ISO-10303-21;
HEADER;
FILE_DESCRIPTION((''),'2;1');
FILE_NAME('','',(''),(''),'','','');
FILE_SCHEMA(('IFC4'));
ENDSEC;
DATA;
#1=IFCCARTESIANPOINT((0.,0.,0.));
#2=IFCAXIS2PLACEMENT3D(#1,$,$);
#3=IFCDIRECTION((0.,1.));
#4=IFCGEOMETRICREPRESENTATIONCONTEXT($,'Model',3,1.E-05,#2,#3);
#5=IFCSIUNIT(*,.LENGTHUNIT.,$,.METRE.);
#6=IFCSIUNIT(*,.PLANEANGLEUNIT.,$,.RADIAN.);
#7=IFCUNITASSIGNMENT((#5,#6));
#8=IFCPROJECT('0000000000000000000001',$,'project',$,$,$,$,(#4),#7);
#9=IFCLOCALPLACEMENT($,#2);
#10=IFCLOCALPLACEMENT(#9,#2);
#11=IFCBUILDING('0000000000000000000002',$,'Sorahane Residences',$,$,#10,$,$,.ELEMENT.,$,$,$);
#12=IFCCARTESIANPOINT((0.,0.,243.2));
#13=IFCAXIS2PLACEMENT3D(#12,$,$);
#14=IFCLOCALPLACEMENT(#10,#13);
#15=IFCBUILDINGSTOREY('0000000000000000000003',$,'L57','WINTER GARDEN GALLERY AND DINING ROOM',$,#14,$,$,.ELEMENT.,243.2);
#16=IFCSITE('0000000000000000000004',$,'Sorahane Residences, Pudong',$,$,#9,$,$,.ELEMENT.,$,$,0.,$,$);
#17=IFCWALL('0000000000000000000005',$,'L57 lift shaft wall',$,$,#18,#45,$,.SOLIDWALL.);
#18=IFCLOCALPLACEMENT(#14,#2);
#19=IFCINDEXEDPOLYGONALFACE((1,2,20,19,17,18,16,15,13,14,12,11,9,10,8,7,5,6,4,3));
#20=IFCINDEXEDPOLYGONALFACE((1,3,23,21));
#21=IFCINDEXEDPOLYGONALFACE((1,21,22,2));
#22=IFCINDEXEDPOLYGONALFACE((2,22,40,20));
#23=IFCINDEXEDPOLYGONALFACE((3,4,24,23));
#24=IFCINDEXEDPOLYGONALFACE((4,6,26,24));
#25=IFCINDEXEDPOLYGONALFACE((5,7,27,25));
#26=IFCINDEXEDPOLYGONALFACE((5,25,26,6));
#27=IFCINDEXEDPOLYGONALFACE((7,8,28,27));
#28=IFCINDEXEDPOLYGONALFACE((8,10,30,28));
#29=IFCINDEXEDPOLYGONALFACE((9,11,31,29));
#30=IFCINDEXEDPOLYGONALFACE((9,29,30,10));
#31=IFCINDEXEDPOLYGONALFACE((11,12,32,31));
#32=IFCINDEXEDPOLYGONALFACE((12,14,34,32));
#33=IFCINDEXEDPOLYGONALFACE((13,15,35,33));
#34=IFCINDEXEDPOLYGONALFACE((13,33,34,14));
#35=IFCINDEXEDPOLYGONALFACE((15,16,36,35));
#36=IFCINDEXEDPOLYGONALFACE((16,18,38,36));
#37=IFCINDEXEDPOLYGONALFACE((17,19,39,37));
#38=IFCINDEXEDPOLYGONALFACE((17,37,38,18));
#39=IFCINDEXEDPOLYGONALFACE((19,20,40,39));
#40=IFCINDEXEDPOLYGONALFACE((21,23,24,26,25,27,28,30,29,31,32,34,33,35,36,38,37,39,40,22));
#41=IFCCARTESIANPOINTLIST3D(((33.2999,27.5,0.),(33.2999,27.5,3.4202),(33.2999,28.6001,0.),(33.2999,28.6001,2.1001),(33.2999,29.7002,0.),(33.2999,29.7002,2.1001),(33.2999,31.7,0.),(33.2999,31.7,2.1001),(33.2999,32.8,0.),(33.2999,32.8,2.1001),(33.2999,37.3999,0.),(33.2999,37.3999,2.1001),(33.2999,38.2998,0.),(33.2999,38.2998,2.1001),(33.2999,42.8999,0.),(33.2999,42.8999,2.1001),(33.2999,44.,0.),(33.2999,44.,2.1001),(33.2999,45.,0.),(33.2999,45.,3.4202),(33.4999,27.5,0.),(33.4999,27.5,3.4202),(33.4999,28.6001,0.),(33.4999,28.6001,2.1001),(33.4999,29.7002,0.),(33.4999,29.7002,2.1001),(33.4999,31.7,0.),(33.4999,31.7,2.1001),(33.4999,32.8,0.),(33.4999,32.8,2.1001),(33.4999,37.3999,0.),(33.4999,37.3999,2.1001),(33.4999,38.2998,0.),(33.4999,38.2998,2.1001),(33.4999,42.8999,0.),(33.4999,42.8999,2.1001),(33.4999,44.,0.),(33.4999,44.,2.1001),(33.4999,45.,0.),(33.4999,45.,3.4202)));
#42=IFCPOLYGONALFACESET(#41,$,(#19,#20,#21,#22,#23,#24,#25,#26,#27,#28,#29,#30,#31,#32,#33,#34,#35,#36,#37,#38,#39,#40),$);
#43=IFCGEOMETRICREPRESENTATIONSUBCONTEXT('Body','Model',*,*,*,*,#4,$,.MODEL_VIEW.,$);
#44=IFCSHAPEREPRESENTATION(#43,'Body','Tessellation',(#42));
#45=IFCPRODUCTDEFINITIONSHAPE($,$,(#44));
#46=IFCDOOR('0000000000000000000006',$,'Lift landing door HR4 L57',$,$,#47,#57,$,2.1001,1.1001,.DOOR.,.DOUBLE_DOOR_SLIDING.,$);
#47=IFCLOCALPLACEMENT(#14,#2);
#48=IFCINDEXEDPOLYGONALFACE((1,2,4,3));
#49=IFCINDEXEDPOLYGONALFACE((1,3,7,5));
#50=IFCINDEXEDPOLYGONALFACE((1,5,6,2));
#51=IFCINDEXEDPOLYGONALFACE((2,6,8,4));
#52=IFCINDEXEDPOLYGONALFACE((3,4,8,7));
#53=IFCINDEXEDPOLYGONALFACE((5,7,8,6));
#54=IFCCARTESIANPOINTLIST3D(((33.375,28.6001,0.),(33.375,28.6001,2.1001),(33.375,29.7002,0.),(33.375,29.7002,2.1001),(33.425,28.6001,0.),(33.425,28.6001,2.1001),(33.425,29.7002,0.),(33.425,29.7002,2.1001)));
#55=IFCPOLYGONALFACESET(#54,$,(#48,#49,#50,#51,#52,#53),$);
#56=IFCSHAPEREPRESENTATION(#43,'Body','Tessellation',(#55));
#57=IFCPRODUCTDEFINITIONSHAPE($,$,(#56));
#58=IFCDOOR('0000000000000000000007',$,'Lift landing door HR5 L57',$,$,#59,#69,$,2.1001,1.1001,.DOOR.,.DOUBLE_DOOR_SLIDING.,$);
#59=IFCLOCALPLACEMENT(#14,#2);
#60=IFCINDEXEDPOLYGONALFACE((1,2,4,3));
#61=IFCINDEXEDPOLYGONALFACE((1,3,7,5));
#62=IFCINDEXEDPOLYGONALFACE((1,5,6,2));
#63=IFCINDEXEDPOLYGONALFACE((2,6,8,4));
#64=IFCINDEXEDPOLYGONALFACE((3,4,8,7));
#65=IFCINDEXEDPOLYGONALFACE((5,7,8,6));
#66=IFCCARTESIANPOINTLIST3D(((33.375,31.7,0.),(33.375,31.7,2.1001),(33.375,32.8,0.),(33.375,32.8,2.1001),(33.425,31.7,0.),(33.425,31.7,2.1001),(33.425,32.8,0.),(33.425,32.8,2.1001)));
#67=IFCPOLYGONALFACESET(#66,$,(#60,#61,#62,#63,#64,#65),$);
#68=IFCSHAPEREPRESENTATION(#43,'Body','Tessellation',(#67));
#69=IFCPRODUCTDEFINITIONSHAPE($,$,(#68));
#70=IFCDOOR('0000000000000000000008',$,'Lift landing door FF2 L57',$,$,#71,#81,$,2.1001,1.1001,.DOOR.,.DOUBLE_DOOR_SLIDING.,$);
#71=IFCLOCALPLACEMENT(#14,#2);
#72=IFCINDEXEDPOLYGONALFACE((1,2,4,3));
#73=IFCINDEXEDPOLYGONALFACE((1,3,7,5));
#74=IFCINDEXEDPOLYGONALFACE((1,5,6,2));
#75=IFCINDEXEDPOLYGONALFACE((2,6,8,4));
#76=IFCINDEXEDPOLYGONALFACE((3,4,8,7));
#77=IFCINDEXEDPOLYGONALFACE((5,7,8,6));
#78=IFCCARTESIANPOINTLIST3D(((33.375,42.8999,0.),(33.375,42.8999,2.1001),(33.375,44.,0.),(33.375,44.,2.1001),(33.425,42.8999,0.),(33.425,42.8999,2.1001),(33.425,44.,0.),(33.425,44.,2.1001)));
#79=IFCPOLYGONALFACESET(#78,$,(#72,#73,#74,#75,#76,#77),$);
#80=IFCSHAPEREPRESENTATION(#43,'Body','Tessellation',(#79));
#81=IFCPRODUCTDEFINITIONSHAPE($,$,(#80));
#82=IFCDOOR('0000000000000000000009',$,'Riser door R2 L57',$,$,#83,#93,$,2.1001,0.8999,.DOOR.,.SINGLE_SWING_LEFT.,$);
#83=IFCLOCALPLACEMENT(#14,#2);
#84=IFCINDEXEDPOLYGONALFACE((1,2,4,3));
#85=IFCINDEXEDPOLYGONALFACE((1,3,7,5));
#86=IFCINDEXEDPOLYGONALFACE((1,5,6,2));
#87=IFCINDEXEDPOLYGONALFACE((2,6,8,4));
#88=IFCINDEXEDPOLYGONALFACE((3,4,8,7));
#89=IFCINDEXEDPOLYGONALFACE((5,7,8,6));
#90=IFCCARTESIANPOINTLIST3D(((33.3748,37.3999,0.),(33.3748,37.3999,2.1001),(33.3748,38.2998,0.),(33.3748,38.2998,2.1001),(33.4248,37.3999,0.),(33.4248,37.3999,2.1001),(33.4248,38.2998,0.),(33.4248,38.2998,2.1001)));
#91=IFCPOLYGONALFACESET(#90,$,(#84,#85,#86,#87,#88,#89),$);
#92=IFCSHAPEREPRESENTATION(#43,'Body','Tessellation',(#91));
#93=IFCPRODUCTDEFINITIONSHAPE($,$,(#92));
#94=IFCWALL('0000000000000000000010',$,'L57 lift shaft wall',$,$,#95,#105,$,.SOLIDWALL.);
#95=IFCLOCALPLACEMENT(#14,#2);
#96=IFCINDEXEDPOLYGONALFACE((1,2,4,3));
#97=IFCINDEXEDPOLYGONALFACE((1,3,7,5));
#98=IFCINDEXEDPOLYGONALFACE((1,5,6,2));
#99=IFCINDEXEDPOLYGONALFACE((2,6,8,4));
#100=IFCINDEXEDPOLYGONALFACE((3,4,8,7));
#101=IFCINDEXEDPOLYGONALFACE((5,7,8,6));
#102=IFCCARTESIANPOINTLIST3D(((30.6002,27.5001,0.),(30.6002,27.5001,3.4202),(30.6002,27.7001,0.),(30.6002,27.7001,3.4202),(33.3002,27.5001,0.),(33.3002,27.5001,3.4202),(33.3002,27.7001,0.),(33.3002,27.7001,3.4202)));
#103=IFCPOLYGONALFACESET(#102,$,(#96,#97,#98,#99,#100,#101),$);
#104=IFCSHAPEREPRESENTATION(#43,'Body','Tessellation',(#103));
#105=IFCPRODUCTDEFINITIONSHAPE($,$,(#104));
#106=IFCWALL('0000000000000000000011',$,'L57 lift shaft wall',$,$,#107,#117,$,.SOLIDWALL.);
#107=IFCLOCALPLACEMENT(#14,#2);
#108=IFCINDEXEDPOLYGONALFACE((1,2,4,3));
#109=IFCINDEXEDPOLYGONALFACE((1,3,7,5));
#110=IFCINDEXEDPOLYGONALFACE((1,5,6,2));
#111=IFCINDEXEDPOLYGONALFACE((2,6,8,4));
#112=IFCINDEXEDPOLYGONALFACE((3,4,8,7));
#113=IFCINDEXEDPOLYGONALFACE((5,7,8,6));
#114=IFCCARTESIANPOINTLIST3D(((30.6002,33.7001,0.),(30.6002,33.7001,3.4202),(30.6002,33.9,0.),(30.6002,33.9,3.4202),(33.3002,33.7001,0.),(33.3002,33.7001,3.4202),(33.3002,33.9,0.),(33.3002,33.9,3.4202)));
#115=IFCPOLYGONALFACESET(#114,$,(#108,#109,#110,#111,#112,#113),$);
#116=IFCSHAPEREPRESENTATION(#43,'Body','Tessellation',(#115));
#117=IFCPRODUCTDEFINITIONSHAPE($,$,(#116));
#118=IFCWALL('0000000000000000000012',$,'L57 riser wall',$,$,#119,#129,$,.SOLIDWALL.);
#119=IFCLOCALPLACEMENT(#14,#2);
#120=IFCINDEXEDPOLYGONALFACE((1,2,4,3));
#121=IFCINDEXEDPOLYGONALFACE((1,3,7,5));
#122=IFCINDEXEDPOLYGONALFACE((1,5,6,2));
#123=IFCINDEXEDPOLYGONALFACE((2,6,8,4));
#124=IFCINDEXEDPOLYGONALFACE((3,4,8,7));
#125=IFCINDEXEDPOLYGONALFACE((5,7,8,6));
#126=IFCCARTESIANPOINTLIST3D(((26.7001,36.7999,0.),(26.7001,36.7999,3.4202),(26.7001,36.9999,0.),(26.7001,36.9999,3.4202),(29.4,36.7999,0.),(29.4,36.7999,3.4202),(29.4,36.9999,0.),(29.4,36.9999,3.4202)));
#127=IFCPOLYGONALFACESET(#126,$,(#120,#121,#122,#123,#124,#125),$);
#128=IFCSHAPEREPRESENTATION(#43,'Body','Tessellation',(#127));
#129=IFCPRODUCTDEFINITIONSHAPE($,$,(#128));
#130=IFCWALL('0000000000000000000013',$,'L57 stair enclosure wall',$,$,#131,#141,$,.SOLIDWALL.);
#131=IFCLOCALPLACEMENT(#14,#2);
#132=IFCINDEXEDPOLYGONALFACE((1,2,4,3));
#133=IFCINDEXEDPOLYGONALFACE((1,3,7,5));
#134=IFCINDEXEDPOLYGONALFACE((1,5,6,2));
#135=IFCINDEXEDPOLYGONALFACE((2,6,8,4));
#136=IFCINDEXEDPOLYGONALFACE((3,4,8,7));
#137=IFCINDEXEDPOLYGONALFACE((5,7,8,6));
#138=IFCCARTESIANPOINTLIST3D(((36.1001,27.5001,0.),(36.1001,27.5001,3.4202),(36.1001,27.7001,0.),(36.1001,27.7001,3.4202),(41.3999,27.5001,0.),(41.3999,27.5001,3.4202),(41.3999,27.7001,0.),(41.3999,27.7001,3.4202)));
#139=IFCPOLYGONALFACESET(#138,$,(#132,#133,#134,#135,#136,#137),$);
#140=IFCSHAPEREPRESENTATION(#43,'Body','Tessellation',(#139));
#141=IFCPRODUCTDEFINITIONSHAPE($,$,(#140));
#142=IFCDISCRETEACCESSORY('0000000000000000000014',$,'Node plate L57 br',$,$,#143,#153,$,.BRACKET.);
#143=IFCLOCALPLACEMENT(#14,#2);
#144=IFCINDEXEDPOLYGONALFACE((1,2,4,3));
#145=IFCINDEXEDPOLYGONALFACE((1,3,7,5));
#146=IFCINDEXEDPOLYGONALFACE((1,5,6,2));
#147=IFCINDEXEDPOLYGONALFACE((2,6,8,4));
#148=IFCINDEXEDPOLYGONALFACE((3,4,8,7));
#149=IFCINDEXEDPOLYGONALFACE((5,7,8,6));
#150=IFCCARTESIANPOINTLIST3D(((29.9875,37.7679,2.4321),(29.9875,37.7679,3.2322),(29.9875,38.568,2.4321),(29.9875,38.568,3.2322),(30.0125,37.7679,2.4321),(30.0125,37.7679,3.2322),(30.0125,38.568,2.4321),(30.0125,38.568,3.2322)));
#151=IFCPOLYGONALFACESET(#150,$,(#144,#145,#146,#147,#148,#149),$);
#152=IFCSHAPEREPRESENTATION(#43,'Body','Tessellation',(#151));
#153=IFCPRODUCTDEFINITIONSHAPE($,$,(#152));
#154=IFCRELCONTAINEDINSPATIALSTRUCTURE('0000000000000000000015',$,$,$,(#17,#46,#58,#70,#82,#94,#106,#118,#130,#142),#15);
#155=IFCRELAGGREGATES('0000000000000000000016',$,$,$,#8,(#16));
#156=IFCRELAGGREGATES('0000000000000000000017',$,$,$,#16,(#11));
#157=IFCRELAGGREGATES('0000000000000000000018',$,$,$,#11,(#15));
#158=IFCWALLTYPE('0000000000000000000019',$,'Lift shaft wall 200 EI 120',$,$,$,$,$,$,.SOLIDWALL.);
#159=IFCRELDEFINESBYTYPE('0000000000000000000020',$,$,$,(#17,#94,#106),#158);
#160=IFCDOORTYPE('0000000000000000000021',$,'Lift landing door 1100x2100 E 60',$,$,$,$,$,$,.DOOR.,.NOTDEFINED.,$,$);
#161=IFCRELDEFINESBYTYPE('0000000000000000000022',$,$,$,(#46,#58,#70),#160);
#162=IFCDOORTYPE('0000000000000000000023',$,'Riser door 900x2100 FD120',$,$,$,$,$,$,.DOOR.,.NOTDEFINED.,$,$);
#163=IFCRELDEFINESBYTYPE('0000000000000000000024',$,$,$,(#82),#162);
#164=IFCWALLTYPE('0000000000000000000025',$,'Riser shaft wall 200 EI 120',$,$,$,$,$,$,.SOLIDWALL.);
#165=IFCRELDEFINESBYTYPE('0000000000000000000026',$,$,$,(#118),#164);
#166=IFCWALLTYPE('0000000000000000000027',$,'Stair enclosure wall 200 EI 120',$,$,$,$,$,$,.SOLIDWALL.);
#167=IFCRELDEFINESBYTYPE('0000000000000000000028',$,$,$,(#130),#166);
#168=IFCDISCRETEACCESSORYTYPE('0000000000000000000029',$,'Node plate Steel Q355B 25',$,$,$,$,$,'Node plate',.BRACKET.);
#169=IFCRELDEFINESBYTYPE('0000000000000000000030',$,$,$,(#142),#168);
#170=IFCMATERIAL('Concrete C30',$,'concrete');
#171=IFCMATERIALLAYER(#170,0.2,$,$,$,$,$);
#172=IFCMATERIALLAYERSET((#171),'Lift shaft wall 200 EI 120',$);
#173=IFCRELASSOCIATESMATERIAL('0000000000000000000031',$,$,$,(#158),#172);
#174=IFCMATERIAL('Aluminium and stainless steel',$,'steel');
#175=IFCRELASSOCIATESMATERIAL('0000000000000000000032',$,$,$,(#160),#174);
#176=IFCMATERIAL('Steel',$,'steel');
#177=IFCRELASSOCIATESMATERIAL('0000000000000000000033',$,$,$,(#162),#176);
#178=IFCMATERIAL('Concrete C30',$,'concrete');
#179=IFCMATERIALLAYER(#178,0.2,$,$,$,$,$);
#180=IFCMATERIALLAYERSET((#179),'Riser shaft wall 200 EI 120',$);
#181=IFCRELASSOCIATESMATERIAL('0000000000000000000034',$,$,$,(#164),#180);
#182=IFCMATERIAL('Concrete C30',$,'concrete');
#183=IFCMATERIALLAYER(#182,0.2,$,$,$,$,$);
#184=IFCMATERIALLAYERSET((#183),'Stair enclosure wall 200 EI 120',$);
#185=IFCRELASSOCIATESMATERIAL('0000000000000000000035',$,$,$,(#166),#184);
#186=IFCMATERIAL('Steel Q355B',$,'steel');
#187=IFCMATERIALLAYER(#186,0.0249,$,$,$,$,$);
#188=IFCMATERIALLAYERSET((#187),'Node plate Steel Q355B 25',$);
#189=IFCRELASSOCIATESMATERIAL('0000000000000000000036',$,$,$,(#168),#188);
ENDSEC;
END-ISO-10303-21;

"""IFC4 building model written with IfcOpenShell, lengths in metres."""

from ifc_helpers import new_model, si_unit, direction, frame, frame_2d, origin, origin_2d, place, context, subcontext, project, spatial, rectangle, extrude, material, layer, layer_set, type_object, element, fill, save


model = new_model("IFC4")

# Units and contexts
model_context = context("Model", 3, precision=1e-05, world=origin(), true_north=direction((0.0, 1.0)))
body_context = subcontext(model_context, "Body", "Model", "MODEL_VIEW")
ifc_project = project(units=[si_unit("LENGTHUNIT", "METRE"), si_unit("PLANEANGLEUNIT", "RADIAN")], contexts=[model_context])

# Site, building, storey
site_placement = place(None, origin())
site = spatial("IfcSite", under=ifc_project, at=site_placement, Name="Sorahane Residences, Pudong", CompositionType="ELEMENT", RefElevation=0.0)
building_placement = place(site_placement, origin())
building = spatial("IfcBuilding", under=site, at=building_placement, Name="Sorahane Residences", CompositionType="ELEMENT")
storey_placement = place(building_placement, frame((0.0, 0.0, 243.2)))
storey = spatial("IfcBuildingStorey", under=building, at=storey_placement, Name="L57", Description="WINTER GARDEN GALLERY AND DINING ROOM", CompositionType="ELEMENT", Elevation=243.2)

# Wall, openings, doors
ifc_material_1 = material(Name="Concrete C30", Category="concrete")
ifc_layer_1 = layer(ifc_material_1, 0.2)
ifc_layer_set_1 = layer_set([ifc_layer_1], Name="Lift shaft wall 200 EI 120")
wall_type_1 = type_object("IfcWallType", Name="Lift shaft wall 200 EI 120", PredefinedType="SOLIDWALL", material=ifc_layer_set_1)
wall_1_placement = place(storey_placement, frame((33.3999, 27.5, 0.0), z_axis=(0.0, 0.0, 1.0), x_axis=(0.0, 1.0, 0.0)))
wall_1 = element("IfcWall", 1, at=wall_1_placement, inside=storey, type_object=wall_type_1, Name="L57 lift shaft wall", PredefinedType="SOLIDWALL", context=body_context, shape_type="SweptSolid", body=[
    extrude(rectangle(XDim=17.5, YDim=0.2, at=frame_2d((8.75, 0.0))), origin(), (0.0, 0.0, 1.0), 3.4202),
])
opening_1_placement = place(wall_1_placement, frame((1.1001, 0.0, 0.0)))
opening_1 = element("IfcOpeningElement", 2, at=opening_1_placement, cuts=wall_1, PredefinedType="OPENING", context=body_context, shape_type="SweptSolid", body=[
    extrude(rectangle(XDim=1.1001, YDim=2.1001, at=frame_2d((0.55, 1.05))), frame((0.0, 0.1099, 0.0), z_axis=(0.0, -1.0, 0.0), x_axis=(1.0, 0.0, 0.0)), (0.0, 0.0, 1.0), 0.22),
])
opening_2_placement = place(wall_1_placement, frame((4.2, 0.0, 0.0)))
opening_2 = element("IfcOpeningElement", 3, at=opening_2_placement, cuts=wall_1, PredefinedType="OPENING", context=body_context, shape_type="SweptSolid", body=[
    extrude(rectangle(XDim=1.1001, YDim=2.1001, at=frame_2d((0.55, 1.05))), frame((0.0, 0.1099, 0.0), z_axis=(0.0, -1.0, 0.0), x_axis=(1.0, 0.0, 0.0)), (0.0, 0.0, 1.0), 0.22),
])
opening_3_placement = place(wall_1_placement, frame((15.3999, 0.0, 0.0)))
opening_3 = element("IfcOpeningElement", 4, at=opening_3_placement, cuts=wall_1, PredefinedType="OPENING", context=body_context, shape_type="SweptSolid", body=[
    extrude(rectangle(XDim=1.1001, YDim=2.1001, at=frame_2d((0.55, 1.05))), frame((0.0, 0.1099, 0.0), z_axis=(0.0, -1.0, 0.0), x_axis=(1.0, 0.0, 0.0)), (0.0, 0.0, 1.0), 0.22),
])
opening_4_placement = place(wall_1_placement, frame((9.8999, 0.0, 0.0)))
opening_4 = element("IfcOpeningElement", 5, at=opening_4_placement, cuts=wall_1, PredefinedType="OPENING", context=body_context, shape_type="SweptSolid", body=[
    extrude(rectangle(XDim=0.8999, YDim=2.1001, at=frame_2d((0.45, 1.05))), frame((0.0, 0.1099, 0.0), z_axis=(0.0, -1.0, 0.0), x_axis=(1.0, 0.0, 0.0)), (0.0, 0.0, 1.0), 0.22),
])
ifc_material_2 = material(Name="Aluminium and stainless steel", Category="steel")
door_type_1 = type_object("IfcDoorType", Name="Lift landing door 1100x2100 E 60", OperationType="NOTDEFINED", PredefinedType="DOOR", material=ifc_material_2)
door_1_placement = place(opening_1_placement, origin())
door_1 = element("IfcDoor", 6, at=door_1_placement, inside=storey, type_object=door_type_1, Name="Lift landing door HR4 L57", OperationType="DOUBLE_DOOR_SLIDING", OverallHeight=2.1001, OverallWidth=1.1001, PredefinedType="DOOR", context=body_context, shape_type="SweptSolid", body=[
    extrude(rectangle(XDim=1.1001, YDim=2.1001, at=frame_2d((0.55, 1.05))), frame((0.0, 0.0249, 0.0), z_axis=(0.0, -1.0, 0.0), x_axis=(1.0, 0.0, 0.0)), (0.0, 0.0, 1.0), 0.05),
])
fill(opening_1, door_1)
door_2_placement = place(opening_2_placement, origin())
door_2 = element("IfcDoor", 7, at=door_2_placement, inside=storey, type_object=door_type_1, Name="Lift landing door HR5 L57", OperationType="DOUBLE_DOOR_SLIDING", OverallHeight=2.1001, OverallWidth=1.1001, PredefinedType="DOOR", context=body_context, shape_type="SweptSolid", body=[
    extrude(rectangle(XDim=1.1001, YDim=2.1001, at=frame_2d((0.55, 1.05))), frame((0.0, 0.0249, 0.0), z_axis=(0.0, -1.0, 0.0), x_axis=(1.0, 0.0, 0.0)), (0.0, 0.0, 1.0), 0.05),
])
fill(opening_2, door_2)
door_3_placement = place(opening_3_placement, origin())
door_3 = element("IfcDoor", 8, at=door_3_placement, inside=storey, type_object=door_type_1, Name="Lift landing door FF2 L57", OperationType="DOUBLE_DOOR_SLIDING", OverallHeight=2.1001, OverallWidth=1.1001, PredefinedType="DOOR", context=body_context, shape_type="SweptSolid", body=[
    extrude(rectangle(XDim=1.1001, YDim=2.1001, at=frame_2d((0.55, 1.05))), frame((0.0, 0.0249, 0.0), z_axis=(0.0, -1.0, 0.0), x_axis=(1.0, 0.0, 0.0)), (0.0, 0.0, 1.0), 0.05),
])
fill(opening_3, door_3)
ifc_material_3 = material(Name="Steel", Category="steel")
door_type_2 = type_object("IfcDoorType", Name="Riser door 900x2100 FD120", OperationType="NOTDEFINED", PredefinedType="DOOR", material=ifc_material_3)
door_4_placement = place(opening_4_placement, frame((0.8999, 0.0, 0.0), z_axis=(0.0, 0.0, 1.0), x_axis=(-1.0, 0.0, 0.0)))
door_4 = element("IfcDoor", 9, at=door_4_placement, inside=storey, type_object=door_type_2, Name="Riser door R2 L57", OperationType="SINGLE_SWING_LEFT", OverallHeight=2.1001, OverallWidth=0.8999, PredefinedType="DOOR", context=body_context, shape_type="SweptSolid", body=[
    extrude(rectangle(XDim=0.8999, YDim=2.1001, at=frame_2d((0.45, 1.05))), frame((0.0, 0.0249, 0.0), z_axis=(0.0, -1.0, 0.0), x_axis=(1.0, 0.0, 0.0)), (0.0, 0.0, 1.0), 0.05),
])
fill(opening_4, door_4)

# Walls
for number, where, z_axis, x_axis, name in (
    (10, (30.6001, 27.6001, 0.0), (0.0, 0.0, 1.0), (1.0, 0.0, 0.0), "L57 lift shaft wall"),
    (11, (30.6001, 33.8, 0.0), (0.0, 0.0, 1.0), (1.0, 0.0, 0.0), "L57 lift shaft wall"),
):
    element("IfcWall", number, at=place(storey_placement, frame(where, z_axis=z_axis, x_axis=x_axis)), inside=storey, type_object=wall_type_1, Name=name, PredefinedType="SOLIDWALL", context=body_context, shape_type="SweptSolid", body=[
        extrude(rectangle(XDim=2.7, YDim=0.2, at=frame_2d((1.3501, 0.0))), origin(), (0.0, 0.0, 1.0), 3.4202),
    ])
ifc_material_4 = material(Name="Concrete C30", Category="concrete")
ifc_layer_2 = layer(ifc_material_4, 0.2)
ifc_layer_set_2 = layer_set([ifc_layer_2], Name="Riser shaft wall 200 EI 120")
wall_type_2 = type_object("IfcWallType", Name="Riser shaft wall 200 EI 120", PredefinedType="SOLIDWALL", material=ifc_layer_set_2)
wall_2_placement = place(storey_placement, frame((26.7, 36.8999, 0.0), z_axis=(0.0, 0.0, 1.0), x_axis=(1.0, 0.0, 0.0)))
element("IfcWall", 12, at=wall_2_placement, inside=storey, type_object=wall_type_2, Name="L57 riser wall", PredefinedType="SOLIDWALL", context=body_context, shape_type="SweptSolid", body=[
    extrude(rectangle(XDim=2.7, YDim=0.2, at=frame_2d((1.3501, 0.0))), origin(), (0.0, 0.0, 1.0), 3.4202),
])
ifc_material_5 = material(Name="Concrete C30", Category="concrete")
ifc_layer_3 = layer(ifc_material_5, 0.2)
ifc_layer_set_3 = layer_set([ifc_layer_3], Name="Stair enclosure wall 200 EI 120")
wall_type_3 = type_object("IfcWallType", Name="Stair enclosure wall 200 EI 120", PredefinedType="SOLIDWALL", material=ifc_layer_set_3)
wall_3_placement = place(storey_placement, frame((36.1001, 27.6001, 0.0), z_axis=(0.0, 0.0, 1.0), x_axis=(1.0, 0.0, 0.0)))
element("IfcWall", 13, at=wall_3_placement, inside=storey, type_object=wall_type_3, Name="L57 stair enclosure wall", PredefinedType="SOLIDWALL", context=body_context, shape_type="SweptSolid", body=[
    extrude(rectangle(XDim=5.2998, YDim=0.2, at=frame_2d((2.6499, 0.0))), origin(), (0.0, 0.0, 1.0), 3.4202),
])

# Discrete accessory
ifc_material_6 = material(Name="Steel Q355B", Category="steel")
ifc_layer_4 = layer(ifc_material_6, 0.0249)
ifc_layer_set_4 = layer_set([ifc_layer_4], Name="Node plate Steel Q355B 25")
discrete_accessory_type = type_object("IfcDiscreteAccessoryType", Name="Node plate Steel Q355B 25", ElementType="Node plate", PredefinedType="BRACKET", material=ifc_layer_set_4)
discrete_accessory_placement = place(storey_placement, frame((30.0, 38.168, 2.4321), z_axis=(0.0, 0.0, 1.0), x_axis=(0.0, 1.0, 0.0)))
element("IfcDiscreteAccessory", 14, at=discrete_accessory_placement, inside=storey, type_object=discrete_accessory_type, Name="Node plate L57 br", PredefinedType="BRACKET", context=body_context, shape_type="SweptSolid", body=[
    extrude(rectangle(XDim=0.8, YDim=0.0249, at=origin_2d()), origin(), (0.0, 0.0, 1.0), 0.8),
])

save(model, "model.ifc")
